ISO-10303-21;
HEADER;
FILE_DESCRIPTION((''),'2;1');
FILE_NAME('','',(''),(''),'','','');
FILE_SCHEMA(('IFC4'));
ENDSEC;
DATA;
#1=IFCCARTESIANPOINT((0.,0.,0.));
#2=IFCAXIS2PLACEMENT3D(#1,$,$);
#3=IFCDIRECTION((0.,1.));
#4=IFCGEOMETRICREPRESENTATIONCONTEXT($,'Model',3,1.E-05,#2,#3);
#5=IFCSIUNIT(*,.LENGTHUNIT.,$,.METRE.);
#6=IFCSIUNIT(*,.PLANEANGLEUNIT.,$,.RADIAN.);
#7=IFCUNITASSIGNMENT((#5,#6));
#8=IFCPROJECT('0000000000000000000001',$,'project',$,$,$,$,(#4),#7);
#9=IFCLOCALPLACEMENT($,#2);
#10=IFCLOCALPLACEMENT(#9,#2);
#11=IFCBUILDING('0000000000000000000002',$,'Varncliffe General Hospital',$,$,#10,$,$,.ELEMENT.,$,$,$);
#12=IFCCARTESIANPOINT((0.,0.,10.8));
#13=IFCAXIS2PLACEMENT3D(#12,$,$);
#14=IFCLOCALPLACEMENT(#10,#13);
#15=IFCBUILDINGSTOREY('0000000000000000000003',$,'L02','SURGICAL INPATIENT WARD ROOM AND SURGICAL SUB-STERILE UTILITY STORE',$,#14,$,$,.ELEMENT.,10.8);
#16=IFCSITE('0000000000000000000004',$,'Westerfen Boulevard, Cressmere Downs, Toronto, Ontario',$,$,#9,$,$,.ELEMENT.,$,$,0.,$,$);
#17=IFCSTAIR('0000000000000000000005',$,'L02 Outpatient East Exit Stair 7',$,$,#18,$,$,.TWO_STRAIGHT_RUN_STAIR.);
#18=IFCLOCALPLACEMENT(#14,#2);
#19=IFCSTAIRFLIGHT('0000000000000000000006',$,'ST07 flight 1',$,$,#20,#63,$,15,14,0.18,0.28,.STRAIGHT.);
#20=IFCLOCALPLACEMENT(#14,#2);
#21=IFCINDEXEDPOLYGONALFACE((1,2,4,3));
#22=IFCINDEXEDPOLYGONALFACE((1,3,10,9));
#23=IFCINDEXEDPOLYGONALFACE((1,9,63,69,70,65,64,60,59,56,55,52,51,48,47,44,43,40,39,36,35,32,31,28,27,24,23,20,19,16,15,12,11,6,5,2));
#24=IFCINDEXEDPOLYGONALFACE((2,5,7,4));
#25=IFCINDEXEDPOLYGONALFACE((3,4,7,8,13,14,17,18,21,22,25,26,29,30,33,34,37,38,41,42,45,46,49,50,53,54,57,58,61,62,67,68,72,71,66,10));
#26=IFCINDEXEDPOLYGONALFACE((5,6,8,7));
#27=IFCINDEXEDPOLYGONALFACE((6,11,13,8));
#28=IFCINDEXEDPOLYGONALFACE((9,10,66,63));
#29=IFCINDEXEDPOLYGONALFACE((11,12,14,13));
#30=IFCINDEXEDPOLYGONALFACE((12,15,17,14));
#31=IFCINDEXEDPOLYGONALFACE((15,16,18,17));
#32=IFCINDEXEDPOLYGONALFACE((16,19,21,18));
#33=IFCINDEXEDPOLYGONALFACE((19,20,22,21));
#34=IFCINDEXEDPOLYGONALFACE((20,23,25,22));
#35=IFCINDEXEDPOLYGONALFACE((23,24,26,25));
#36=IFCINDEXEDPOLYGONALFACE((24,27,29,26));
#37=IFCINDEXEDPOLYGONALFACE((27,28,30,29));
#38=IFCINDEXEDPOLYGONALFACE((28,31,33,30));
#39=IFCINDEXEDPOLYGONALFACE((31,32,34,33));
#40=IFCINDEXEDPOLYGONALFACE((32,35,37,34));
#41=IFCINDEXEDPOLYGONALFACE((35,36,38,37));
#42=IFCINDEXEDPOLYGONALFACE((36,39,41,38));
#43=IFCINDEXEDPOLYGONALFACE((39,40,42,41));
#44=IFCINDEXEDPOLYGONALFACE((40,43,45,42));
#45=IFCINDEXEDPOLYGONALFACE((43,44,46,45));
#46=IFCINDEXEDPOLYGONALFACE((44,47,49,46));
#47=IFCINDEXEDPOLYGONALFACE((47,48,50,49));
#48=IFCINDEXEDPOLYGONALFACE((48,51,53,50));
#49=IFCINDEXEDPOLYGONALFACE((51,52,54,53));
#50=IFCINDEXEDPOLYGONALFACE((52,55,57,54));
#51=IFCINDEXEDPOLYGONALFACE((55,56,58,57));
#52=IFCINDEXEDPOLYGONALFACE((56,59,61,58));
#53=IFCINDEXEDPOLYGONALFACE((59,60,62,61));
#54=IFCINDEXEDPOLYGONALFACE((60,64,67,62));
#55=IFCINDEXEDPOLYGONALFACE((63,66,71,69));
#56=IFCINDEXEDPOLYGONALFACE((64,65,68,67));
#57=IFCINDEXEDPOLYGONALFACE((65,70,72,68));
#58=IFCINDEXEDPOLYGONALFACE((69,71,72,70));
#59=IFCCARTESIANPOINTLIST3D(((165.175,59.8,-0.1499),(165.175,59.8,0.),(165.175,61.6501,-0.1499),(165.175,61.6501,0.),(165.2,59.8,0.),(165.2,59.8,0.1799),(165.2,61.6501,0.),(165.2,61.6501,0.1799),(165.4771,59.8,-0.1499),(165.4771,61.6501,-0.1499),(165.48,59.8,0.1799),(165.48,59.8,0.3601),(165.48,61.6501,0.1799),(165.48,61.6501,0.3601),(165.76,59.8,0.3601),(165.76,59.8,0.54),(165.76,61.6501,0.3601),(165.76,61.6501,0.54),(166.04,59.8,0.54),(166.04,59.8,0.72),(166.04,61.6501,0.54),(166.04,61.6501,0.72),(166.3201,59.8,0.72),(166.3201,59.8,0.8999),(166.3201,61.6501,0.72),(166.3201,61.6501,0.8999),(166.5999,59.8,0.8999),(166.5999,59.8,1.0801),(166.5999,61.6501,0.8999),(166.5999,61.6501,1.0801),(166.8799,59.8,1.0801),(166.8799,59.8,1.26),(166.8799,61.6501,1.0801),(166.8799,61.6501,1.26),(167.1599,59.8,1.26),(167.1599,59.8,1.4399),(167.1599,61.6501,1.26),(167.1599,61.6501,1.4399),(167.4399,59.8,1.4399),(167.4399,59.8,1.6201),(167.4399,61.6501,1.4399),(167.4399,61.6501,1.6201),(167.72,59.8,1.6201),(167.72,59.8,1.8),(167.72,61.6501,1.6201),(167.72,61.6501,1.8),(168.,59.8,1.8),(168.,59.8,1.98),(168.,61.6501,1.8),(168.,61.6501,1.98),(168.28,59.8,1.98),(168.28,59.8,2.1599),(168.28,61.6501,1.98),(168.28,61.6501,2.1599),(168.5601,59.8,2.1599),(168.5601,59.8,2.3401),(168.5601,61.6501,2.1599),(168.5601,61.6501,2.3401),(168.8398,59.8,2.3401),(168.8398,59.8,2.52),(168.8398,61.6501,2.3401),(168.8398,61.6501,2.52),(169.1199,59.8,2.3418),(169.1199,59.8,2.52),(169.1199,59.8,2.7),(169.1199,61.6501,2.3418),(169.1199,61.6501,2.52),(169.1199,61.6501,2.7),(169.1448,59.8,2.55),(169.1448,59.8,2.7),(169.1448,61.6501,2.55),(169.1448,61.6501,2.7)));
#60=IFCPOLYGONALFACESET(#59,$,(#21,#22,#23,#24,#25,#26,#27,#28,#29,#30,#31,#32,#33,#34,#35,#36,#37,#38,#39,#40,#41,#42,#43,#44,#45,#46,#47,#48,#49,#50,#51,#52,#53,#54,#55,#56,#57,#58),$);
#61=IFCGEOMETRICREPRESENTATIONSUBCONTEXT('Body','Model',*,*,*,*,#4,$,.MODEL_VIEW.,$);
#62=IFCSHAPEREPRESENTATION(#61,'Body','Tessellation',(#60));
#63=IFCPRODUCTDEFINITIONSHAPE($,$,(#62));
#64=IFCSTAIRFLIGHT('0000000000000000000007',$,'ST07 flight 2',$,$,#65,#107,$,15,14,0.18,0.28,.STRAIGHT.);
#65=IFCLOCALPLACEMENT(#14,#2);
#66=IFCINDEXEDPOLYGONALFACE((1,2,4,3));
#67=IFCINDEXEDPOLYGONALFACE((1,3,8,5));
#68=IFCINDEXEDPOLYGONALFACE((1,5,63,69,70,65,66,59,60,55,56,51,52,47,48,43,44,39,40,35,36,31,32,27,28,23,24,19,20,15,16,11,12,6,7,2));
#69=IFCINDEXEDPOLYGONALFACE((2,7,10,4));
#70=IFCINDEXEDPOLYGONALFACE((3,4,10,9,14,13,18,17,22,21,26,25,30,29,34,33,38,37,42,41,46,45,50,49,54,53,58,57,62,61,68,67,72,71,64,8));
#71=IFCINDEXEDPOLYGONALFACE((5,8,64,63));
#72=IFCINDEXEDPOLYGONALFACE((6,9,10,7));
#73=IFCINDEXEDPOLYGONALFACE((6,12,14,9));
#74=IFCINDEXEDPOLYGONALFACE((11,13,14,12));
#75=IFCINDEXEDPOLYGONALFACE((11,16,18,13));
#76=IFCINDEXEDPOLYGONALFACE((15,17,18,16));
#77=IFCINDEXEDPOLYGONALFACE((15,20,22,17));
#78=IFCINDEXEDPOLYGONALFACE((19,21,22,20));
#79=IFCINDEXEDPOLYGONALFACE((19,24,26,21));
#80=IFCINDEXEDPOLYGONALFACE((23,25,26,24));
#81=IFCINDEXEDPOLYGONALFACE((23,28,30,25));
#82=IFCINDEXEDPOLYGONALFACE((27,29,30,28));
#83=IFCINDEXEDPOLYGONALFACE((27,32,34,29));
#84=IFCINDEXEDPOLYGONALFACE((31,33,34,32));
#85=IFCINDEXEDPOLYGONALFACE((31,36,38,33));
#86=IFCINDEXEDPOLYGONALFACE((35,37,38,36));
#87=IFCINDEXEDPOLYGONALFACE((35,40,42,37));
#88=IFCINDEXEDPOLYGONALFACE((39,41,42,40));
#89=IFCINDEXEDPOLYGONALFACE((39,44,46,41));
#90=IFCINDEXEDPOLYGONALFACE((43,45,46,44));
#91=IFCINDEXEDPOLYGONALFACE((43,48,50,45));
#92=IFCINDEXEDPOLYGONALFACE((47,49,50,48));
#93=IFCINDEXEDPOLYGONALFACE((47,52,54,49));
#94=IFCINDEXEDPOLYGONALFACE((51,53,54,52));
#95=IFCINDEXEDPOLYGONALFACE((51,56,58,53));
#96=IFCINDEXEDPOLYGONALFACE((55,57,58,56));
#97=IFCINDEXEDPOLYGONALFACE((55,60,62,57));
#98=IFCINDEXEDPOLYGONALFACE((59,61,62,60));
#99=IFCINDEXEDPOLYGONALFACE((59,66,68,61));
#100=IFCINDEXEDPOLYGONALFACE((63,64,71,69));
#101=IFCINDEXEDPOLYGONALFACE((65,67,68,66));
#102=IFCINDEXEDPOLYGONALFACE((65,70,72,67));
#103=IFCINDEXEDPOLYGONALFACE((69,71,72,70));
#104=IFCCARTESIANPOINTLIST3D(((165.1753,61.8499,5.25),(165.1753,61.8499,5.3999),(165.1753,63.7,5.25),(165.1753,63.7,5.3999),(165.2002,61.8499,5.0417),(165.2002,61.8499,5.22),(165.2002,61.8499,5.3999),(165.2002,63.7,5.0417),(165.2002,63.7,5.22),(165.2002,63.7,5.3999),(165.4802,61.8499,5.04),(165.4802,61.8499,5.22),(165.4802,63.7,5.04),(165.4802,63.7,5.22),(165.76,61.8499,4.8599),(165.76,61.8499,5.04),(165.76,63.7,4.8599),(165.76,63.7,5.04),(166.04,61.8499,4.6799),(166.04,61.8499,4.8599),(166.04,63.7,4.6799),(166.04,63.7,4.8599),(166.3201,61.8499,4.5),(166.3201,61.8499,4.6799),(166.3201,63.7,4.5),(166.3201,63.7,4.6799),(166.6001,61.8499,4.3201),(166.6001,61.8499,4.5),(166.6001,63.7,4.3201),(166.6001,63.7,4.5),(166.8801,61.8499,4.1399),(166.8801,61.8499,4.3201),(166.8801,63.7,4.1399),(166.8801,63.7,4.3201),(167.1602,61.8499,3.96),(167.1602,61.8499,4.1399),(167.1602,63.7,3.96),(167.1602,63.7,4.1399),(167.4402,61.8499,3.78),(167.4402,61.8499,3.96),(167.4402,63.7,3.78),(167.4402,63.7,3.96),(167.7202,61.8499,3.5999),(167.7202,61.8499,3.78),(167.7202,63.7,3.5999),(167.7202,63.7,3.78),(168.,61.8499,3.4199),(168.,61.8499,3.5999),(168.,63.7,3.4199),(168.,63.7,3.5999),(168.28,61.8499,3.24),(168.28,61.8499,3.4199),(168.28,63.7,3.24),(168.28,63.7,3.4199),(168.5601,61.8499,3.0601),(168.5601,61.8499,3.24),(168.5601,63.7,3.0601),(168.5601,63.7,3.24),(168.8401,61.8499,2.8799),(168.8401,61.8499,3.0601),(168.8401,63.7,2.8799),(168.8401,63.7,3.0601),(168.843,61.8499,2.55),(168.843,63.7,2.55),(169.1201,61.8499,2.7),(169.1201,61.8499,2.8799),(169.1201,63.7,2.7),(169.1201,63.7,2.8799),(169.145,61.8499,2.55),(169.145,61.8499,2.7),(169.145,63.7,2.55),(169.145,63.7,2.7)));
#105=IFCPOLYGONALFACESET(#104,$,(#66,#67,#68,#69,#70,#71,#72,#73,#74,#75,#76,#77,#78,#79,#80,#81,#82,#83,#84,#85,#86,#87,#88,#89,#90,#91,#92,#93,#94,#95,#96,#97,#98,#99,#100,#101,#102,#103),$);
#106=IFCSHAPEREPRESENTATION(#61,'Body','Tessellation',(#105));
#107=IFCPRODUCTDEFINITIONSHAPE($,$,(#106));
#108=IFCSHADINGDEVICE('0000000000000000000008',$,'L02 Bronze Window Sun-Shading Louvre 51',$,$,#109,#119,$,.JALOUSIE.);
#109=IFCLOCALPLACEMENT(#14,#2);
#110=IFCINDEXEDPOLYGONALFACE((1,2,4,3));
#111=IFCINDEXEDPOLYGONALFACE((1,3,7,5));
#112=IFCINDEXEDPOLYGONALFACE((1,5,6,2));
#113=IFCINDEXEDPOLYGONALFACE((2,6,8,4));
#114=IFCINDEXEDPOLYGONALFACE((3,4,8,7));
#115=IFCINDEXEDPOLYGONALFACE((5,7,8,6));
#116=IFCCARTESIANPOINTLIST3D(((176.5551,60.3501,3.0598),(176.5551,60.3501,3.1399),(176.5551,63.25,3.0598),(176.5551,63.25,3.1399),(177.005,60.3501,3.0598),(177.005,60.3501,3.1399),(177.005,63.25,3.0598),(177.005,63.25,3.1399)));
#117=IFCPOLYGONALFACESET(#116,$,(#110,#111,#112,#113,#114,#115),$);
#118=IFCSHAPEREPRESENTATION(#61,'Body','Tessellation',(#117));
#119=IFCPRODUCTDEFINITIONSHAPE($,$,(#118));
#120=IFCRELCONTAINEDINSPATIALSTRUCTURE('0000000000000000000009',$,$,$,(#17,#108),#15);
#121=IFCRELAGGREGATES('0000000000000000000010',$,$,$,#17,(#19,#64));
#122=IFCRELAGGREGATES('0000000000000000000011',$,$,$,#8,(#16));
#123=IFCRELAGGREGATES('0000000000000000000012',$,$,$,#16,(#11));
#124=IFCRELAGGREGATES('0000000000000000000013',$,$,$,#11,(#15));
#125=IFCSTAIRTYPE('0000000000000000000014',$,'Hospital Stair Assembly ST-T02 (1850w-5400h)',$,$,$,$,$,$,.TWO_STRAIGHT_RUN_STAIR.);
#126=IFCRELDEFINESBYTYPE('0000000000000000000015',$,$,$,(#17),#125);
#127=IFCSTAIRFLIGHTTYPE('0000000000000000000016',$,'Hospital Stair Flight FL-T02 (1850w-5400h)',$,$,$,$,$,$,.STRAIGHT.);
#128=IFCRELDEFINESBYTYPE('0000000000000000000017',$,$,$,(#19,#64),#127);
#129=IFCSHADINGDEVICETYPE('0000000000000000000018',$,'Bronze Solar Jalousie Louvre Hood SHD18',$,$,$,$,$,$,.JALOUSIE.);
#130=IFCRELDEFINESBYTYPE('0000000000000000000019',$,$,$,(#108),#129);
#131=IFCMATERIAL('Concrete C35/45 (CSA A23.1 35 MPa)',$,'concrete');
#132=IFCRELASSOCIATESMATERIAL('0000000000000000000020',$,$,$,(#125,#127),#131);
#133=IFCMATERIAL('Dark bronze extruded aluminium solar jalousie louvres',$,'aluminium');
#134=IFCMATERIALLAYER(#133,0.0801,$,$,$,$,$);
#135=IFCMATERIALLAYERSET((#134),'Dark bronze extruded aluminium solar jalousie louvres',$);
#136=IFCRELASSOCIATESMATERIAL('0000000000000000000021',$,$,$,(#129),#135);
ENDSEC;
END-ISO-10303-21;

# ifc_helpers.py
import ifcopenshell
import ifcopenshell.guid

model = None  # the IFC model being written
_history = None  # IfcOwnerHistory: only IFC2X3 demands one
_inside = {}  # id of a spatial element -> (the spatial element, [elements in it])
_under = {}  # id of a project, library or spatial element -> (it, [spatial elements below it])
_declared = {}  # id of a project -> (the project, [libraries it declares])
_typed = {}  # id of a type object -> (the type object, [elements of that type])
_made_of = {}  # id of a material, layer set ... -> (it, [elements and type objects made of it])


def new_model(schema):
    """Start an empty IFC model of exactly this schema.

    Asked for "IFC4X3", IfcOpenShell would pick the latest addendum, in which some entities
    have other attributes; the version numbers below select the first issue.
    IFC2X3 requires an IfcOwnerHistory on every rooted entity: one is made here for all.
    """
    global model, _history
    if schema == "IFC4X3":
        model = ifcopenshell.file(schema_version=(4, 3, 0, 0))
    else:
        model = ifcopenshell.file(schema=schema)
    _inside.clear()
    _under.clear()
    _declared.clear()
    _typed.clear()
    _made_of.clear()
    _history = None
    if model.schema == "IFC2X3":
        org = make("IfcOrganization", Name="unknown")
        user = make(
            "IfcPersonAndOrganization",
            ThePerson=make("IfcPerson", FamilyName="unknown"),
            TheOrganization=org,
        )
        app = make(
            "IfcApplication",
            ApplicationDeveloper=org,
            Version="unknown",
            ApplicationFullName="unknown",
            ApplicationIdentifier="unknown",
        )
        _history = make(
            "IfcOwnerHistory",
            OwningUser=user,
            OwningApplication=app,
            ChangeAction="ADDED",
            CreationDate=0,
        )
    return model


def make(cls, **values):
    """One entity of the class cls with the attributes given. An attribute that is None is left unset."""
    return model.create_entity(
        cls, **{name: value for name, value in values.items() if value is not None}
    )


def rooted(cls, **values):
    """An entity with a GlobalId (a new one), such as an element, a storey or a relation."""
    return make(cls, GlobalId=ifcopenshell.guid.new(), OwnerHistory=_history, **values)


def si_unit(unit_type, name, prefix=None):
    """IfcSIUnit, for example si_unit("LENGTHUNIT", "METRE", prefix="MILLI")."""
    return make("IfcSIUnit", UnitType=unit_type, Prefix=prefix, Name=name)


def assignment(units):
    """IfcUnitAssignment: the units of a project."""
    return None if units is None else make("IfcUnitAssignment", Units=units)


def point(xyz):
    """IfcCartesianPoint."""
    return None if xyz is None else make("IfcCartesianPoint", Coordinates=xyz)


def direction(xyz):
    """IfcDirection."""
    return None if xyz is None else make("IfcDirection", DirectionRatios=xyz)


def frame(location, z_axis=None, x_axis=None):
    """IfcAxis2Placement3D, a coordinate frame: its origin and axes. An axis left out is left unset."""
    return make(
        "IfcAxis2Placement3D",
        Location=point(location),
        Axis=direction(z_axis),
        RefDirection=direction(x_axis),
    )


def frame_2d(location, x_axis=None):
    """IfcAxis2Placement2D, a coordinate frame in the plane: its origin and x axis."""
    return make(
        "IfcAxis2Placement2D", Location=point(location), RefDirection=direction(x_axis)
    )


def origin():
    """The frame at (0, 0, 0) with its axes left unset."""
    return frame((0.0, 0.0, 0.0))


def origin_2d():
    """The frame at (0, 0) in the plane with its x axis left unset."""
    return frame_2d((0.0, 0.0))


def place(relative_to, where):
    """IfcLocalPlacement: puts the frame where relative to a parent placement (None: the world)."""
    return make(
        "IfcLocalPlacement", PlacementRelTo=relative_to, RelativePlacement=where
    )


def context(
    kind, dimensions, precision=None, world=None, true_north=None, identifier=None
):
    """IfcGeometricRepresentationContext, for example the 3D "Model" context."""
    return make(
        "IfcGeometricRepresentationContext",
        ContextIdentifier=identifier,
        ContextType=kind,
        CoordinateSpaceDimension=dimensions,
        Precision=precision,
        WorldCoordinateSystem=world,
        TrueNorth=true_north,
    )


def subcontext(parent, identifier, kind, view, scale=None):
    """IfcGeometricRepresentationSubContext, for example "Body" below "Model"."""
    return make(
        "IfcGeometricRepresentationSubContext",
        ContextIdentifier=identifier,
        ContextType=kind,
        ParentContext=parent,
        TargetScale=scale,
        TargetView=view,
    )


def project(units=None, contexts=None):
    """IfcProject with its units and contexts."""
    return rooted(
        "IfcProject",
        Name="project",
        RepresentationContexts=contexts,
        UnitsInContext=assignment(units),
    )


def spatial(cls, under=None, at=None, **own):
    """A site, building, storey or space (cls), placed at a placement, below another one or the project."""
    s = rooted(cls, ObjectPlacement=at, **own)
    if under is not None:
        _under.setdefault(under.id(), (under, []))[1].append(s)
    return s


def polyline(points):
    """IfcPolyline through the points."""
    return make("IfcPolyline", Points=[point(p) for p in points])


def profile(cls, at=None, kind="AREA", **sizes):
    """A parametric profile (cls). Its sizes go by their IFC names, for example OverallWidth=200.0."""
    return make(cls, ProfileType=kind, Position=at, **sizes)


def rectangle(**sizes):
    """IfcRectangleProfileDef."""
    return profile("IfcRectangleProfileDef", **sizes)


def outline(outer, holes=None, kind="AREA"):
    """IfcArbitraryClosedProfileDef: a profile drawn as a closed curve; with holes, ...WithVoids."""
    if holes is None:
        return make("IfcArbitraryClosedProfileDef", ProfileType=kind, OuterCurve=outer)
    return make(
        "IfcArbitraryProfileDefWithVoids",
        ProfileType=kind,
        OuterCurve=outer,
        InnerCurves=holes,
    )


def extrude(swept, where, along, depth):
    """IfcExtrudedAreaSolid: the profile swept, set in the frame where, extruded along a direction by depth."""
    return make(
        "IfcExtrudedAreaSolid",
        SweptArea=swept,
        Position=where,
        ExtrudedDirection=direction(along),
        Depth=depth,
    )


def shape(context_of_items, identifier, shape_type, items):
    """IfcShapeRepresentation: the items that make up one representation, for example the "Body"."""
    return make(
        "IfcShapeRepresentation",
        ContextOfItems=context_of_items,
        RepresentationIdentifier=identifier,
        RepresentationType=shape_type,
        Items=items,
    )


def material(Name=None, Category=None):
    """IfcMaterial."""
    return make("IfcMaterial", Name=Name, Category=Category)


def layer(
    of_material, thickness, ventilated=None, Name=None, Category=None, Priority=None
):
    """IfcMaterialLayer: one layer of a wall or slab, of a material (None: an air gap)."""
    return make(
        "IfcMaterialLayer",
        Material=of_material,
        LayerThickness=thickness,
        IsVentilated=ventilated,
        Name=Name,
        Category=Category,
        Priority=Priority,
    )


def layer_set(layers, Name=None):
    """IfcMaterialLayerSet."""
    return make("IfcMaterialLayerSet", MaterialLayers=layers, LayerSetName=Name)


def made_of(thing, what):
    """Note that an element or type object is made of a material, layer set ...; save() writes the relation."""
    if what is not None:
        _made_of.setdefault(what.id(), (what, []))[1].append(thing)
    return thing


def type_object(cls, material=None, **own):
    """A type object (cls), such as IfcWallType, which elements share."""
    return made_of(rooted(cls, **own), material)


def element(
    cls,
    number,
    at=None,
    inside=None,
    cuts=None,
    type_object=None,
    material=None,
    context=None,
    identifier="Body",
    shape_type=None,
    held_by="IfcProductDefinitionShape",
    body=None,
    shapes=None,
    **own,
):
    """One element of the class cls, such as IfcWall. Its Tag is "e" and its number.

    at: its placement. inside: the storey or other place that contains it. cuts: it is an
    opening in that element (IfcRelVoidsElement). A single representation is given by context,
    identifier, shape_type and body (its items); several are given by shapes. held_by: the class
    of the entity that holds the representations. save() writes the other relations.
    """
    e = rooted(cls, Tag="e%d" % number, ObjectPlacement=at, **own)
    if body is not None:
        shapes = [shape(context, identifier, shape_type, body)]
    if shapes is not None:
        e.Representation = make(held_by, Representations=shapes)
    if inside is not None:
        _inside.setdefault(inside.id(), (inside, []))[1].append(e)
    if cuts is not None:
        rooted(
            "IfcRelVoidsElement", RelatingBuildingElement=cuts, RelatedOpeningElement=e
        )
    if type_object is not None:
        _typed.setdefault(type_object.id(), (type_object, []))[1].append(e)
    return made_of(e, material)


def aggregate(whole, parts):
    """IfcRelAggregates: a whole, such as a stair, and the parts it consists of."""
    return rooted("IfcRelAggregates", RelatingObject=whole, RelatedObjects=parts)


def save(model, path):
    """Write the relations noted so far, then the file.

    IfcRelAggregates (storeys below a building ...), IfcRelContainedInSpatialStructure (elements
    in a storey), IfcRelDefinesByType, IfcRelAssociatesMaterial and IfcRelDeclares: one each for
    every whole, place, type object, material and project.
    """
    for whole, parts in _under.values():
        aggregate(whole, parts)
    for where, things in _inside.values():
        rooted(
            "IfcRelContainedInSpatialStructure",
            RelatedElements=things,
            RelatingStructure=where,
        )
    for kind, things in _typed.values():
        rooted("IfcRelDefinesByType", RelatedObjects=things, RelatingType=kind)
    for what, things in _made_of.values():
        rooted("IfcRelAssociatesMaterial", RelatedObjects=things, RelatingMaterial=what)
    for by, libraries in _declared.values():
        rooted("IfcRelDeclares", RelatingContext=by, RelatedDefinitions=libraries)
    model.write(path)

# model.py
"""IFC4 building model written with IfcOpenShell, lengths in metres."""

from ifc_helpers import new_model, si_unit, direction, frame, origin, origin_2d, place, context, subcontext, project, spatial, polyline, rectangle, outline, extrude, material, layer, layer_set, type_object, element, aggregate, save


model = new_model("IFC4")

# Units and contexts
model_context = context("Model", 3, precision=1e-05, world=origin(), true_north=direction((0.0, 1.0)))
body_context = subcontext(model_context, "Body", "Model", "MODEL_VIEW")
ifc_project = project(units=[si_unit("LENGTHUNIT", "METRE"), si_unit("PLANEANGLEUNIT", "RADIAN")], contexts=[model_context])

# Site, building, storey
site_placement = place(None, origin())
site = spatial("IfcSite", under=ifc_project, at=site_placement, Name="Westerfen Boulevard, Cressmere Downs, Toronto, Ontario", CompositionType="ELEMENT", RefElevation=0.0)
building_placement = place(site_placement, origin())
building = spatial("IfcBuilding", under=site, at=building_placement, Name="Varncliffe General Hospital", CompositionType="ELEMENT")
storey_placement = place(building_placement, frame((0.0, 0.0, 10.8)))
storey = spatial("IfcBuildingStorey", under=building, at=storey_placement, Name="L02", Description="SURGICAL INPATIENT WARD ROOM AND SURGICAL SUB-STERILE UTILITY STORE", CompositionType="ELEMENT", Elevation=10.8)

# Shared definitions
ifc_material_1 = material(Name="Concrete C35/45 (CSA A23.1 35 MPa)", Category="concrete")

# Stair, stair flights
stair_type = type_object("IfcStairType", Name="Hospital Stair Assembly ST-T02 (1850w-5400h)", PredefinedType="TWO_STRAIGHT_RUN_STAIR", material=ifc_material_1)
stair_placement = place(storey_placement, origin())
stair = element("IfcStair", 1, at=stair_placement, inside=storey, type_object=stair_type, Name="L02 Outpatient East Exit Stair 7", PredefinedType="TWO_STRAIGHT_RUN_STAIR")
stair_flight_type = type_object("IfcStairFlightType", Name="Hospital Stair Flight FL-T02 (1850w-5400h)", PredefinedType="STRAIGHT", material=ifc_material_1)
stair_flight_1_placement = place(storey_placement, frame((165.2, 60.7251, 0.0), z_axis=(0.0, 0.0, 1.0), x_axis=(1.0, 0.0, 0.0)))
stair_flight_1 = element("IfcStairFlight", 2, at=stair_flight_1_placement, type_object=stair_flight_type, Name="ST07 flight 1", NumberOfRisers=15, NumberOfTreads=14, PredefinedType="STRAIGHT", RiserHeight=0.18, TreadLength=0.28, context=body_context, shape_type="SweptSolid", body=[
    extrude(outline(polyline([(-0.0249, -0.1499), (-0.0249, 0.0), (0.0, 0.0), (0.0, 0.1799), (0.28, 0.1799), (0.28, 0.3601), (0.5601, 0.3601), (0.5601, 0.54), (0.8401, 0.54), (0.8401, 0.72), (1.1201, 0.72), (1.1201, 0.8999), (1.3999, 0.8999), (1.3999, 1.0801), (1.6799, 1.0801), (1.6799, 1.26), (1.96, 1.26), (1.96, 1.4399), (2.24, 1.4399), (2.24, 1.6201), (2.52, 1.6201), (2.52, 1.8), (2.8, 1.8), (2.8, 1.98), (3.0801, 1.98), (3.0801, 2.1599), (3.3601, 2.1599), (3.3601, 2.3401), (3.6399, 2.3401), (3.6399, 2.52), (3.9199, 2.52), (3.9199, 2.7), (3.9448, 2.7), (3.9448, 2.55), (3.9199, 2.3418), (0.2771, -0.1499), (-0.0249, -0.1499)])), frame((0.0, 0.925, 0.0), z_axis=(0.0, -1.0, 0.0), x_axis=(1.0, 0.0, 0.0)), (0.0, 0.0, 1.0), 1.8501),
])
stair_flight_2_placement = place(storey_placement, frame((169.1201, 62.7749, 2.7), z_axis=(0.0, 0.0, 1.0), x_axis=(-1.0, 0.0, 0.0)))
stair_flight_2 = element("IfcStairFlight", 3, at=stair_flight_2_placement, type_object=stair_flight_type, Name="ST07 flight 2", NumberOfRisers=15, NumberOfTreads=14, PredefinedType="STRAIGHT", RiserHeight=0.18, TreadLength=0.28, context=body_context, shape_type="SweptSolid", body=[
    extrude(outline(polyline([(-0.0249, -0.1499), (-0.0249, 0.0), (0.0, 0.0), (0.0, 0.1799), (0.28, 0.1799), (0.28, 0.3601), (0.5601, 0.3601), (0.5601, 0.54), (0.8401, 0.54), (0.8401, 0.72), (1.1201, 0.72), (1.1201, 0.8999), (1.3999, 0.8999), (1.3999, 1.0801), (1.6799, 1.0801), (1.6799, 1.26), (1.96, 1.26), (1.96, 1.4399), (2.24, 1.4399), (2.24, 1.6201), (2.52, 1.6201), (2.52, 1.8), (2.8, 1.8), (2.8, 1.98), (3.0801, 1.98), (3.0801, 2.1599), (3.3601, 2.1599), (3.3601, 2.3401), (3.6399, 2.3401), (3.6399, 2.52), (3.9199, 2.52), (3.9199, 2.7), (3.9448, 2.7), (3.9448, 2.55), (3.9199, 2.3418), (0.2771, -0.1499), (-0.0249, -0.1499)])), frame((0.0, 0.925, 0.0), z_axis=(0.0, -1.0, 0.0), x_axis=(1.0, 0.0, 0.0)), (0.0, 0.0, 1.0), 1.8501),
])
aggregate(stair, [stair_flight_1, stair_flight_2])

# Shading device
ifc_material_2 = material(Name="Dark bronze extruded aluminium solar jalousie louvres", Category="aluminium")
ifc_layer_1 = layer(ifc_material_2, 0.0801)
ifc_layer_set_1 = layer_set([ifc_layer_1], Name="Dark bronze extruded aluminium solar jalousie louvres")
shading_device_type = type_object("IfcShadingDeviceType", Name="Bronze Solar Jalousie Louvre Hood SHD18", PredefinedType="JALOUSIE", material=ifc_layer_set_1)
shading_device_placement = place(storey_placement, frame((176.78, 61.8, 3.0598), z_axis=(0.0, 0.0, 1.0), x_axis=(0.0, -1.0, 0.0)))
element("IfcShadingDevice", 4, at=shading_device_placement, inside=storey, type_object=shading_device_type, Name="L02 Bronze Window Sun-Shading Louvre 51", PredefinedType="JALOUSIE", context=body_context, shape_type="SweptSolid", body=[
    extrude(rectangle(XDim=2.8999, YDim=0.45, at=origin_2d()), origin(), (0.0, 0.0, 1.0), 0.0801),
])

save(model, "model.ifc")
